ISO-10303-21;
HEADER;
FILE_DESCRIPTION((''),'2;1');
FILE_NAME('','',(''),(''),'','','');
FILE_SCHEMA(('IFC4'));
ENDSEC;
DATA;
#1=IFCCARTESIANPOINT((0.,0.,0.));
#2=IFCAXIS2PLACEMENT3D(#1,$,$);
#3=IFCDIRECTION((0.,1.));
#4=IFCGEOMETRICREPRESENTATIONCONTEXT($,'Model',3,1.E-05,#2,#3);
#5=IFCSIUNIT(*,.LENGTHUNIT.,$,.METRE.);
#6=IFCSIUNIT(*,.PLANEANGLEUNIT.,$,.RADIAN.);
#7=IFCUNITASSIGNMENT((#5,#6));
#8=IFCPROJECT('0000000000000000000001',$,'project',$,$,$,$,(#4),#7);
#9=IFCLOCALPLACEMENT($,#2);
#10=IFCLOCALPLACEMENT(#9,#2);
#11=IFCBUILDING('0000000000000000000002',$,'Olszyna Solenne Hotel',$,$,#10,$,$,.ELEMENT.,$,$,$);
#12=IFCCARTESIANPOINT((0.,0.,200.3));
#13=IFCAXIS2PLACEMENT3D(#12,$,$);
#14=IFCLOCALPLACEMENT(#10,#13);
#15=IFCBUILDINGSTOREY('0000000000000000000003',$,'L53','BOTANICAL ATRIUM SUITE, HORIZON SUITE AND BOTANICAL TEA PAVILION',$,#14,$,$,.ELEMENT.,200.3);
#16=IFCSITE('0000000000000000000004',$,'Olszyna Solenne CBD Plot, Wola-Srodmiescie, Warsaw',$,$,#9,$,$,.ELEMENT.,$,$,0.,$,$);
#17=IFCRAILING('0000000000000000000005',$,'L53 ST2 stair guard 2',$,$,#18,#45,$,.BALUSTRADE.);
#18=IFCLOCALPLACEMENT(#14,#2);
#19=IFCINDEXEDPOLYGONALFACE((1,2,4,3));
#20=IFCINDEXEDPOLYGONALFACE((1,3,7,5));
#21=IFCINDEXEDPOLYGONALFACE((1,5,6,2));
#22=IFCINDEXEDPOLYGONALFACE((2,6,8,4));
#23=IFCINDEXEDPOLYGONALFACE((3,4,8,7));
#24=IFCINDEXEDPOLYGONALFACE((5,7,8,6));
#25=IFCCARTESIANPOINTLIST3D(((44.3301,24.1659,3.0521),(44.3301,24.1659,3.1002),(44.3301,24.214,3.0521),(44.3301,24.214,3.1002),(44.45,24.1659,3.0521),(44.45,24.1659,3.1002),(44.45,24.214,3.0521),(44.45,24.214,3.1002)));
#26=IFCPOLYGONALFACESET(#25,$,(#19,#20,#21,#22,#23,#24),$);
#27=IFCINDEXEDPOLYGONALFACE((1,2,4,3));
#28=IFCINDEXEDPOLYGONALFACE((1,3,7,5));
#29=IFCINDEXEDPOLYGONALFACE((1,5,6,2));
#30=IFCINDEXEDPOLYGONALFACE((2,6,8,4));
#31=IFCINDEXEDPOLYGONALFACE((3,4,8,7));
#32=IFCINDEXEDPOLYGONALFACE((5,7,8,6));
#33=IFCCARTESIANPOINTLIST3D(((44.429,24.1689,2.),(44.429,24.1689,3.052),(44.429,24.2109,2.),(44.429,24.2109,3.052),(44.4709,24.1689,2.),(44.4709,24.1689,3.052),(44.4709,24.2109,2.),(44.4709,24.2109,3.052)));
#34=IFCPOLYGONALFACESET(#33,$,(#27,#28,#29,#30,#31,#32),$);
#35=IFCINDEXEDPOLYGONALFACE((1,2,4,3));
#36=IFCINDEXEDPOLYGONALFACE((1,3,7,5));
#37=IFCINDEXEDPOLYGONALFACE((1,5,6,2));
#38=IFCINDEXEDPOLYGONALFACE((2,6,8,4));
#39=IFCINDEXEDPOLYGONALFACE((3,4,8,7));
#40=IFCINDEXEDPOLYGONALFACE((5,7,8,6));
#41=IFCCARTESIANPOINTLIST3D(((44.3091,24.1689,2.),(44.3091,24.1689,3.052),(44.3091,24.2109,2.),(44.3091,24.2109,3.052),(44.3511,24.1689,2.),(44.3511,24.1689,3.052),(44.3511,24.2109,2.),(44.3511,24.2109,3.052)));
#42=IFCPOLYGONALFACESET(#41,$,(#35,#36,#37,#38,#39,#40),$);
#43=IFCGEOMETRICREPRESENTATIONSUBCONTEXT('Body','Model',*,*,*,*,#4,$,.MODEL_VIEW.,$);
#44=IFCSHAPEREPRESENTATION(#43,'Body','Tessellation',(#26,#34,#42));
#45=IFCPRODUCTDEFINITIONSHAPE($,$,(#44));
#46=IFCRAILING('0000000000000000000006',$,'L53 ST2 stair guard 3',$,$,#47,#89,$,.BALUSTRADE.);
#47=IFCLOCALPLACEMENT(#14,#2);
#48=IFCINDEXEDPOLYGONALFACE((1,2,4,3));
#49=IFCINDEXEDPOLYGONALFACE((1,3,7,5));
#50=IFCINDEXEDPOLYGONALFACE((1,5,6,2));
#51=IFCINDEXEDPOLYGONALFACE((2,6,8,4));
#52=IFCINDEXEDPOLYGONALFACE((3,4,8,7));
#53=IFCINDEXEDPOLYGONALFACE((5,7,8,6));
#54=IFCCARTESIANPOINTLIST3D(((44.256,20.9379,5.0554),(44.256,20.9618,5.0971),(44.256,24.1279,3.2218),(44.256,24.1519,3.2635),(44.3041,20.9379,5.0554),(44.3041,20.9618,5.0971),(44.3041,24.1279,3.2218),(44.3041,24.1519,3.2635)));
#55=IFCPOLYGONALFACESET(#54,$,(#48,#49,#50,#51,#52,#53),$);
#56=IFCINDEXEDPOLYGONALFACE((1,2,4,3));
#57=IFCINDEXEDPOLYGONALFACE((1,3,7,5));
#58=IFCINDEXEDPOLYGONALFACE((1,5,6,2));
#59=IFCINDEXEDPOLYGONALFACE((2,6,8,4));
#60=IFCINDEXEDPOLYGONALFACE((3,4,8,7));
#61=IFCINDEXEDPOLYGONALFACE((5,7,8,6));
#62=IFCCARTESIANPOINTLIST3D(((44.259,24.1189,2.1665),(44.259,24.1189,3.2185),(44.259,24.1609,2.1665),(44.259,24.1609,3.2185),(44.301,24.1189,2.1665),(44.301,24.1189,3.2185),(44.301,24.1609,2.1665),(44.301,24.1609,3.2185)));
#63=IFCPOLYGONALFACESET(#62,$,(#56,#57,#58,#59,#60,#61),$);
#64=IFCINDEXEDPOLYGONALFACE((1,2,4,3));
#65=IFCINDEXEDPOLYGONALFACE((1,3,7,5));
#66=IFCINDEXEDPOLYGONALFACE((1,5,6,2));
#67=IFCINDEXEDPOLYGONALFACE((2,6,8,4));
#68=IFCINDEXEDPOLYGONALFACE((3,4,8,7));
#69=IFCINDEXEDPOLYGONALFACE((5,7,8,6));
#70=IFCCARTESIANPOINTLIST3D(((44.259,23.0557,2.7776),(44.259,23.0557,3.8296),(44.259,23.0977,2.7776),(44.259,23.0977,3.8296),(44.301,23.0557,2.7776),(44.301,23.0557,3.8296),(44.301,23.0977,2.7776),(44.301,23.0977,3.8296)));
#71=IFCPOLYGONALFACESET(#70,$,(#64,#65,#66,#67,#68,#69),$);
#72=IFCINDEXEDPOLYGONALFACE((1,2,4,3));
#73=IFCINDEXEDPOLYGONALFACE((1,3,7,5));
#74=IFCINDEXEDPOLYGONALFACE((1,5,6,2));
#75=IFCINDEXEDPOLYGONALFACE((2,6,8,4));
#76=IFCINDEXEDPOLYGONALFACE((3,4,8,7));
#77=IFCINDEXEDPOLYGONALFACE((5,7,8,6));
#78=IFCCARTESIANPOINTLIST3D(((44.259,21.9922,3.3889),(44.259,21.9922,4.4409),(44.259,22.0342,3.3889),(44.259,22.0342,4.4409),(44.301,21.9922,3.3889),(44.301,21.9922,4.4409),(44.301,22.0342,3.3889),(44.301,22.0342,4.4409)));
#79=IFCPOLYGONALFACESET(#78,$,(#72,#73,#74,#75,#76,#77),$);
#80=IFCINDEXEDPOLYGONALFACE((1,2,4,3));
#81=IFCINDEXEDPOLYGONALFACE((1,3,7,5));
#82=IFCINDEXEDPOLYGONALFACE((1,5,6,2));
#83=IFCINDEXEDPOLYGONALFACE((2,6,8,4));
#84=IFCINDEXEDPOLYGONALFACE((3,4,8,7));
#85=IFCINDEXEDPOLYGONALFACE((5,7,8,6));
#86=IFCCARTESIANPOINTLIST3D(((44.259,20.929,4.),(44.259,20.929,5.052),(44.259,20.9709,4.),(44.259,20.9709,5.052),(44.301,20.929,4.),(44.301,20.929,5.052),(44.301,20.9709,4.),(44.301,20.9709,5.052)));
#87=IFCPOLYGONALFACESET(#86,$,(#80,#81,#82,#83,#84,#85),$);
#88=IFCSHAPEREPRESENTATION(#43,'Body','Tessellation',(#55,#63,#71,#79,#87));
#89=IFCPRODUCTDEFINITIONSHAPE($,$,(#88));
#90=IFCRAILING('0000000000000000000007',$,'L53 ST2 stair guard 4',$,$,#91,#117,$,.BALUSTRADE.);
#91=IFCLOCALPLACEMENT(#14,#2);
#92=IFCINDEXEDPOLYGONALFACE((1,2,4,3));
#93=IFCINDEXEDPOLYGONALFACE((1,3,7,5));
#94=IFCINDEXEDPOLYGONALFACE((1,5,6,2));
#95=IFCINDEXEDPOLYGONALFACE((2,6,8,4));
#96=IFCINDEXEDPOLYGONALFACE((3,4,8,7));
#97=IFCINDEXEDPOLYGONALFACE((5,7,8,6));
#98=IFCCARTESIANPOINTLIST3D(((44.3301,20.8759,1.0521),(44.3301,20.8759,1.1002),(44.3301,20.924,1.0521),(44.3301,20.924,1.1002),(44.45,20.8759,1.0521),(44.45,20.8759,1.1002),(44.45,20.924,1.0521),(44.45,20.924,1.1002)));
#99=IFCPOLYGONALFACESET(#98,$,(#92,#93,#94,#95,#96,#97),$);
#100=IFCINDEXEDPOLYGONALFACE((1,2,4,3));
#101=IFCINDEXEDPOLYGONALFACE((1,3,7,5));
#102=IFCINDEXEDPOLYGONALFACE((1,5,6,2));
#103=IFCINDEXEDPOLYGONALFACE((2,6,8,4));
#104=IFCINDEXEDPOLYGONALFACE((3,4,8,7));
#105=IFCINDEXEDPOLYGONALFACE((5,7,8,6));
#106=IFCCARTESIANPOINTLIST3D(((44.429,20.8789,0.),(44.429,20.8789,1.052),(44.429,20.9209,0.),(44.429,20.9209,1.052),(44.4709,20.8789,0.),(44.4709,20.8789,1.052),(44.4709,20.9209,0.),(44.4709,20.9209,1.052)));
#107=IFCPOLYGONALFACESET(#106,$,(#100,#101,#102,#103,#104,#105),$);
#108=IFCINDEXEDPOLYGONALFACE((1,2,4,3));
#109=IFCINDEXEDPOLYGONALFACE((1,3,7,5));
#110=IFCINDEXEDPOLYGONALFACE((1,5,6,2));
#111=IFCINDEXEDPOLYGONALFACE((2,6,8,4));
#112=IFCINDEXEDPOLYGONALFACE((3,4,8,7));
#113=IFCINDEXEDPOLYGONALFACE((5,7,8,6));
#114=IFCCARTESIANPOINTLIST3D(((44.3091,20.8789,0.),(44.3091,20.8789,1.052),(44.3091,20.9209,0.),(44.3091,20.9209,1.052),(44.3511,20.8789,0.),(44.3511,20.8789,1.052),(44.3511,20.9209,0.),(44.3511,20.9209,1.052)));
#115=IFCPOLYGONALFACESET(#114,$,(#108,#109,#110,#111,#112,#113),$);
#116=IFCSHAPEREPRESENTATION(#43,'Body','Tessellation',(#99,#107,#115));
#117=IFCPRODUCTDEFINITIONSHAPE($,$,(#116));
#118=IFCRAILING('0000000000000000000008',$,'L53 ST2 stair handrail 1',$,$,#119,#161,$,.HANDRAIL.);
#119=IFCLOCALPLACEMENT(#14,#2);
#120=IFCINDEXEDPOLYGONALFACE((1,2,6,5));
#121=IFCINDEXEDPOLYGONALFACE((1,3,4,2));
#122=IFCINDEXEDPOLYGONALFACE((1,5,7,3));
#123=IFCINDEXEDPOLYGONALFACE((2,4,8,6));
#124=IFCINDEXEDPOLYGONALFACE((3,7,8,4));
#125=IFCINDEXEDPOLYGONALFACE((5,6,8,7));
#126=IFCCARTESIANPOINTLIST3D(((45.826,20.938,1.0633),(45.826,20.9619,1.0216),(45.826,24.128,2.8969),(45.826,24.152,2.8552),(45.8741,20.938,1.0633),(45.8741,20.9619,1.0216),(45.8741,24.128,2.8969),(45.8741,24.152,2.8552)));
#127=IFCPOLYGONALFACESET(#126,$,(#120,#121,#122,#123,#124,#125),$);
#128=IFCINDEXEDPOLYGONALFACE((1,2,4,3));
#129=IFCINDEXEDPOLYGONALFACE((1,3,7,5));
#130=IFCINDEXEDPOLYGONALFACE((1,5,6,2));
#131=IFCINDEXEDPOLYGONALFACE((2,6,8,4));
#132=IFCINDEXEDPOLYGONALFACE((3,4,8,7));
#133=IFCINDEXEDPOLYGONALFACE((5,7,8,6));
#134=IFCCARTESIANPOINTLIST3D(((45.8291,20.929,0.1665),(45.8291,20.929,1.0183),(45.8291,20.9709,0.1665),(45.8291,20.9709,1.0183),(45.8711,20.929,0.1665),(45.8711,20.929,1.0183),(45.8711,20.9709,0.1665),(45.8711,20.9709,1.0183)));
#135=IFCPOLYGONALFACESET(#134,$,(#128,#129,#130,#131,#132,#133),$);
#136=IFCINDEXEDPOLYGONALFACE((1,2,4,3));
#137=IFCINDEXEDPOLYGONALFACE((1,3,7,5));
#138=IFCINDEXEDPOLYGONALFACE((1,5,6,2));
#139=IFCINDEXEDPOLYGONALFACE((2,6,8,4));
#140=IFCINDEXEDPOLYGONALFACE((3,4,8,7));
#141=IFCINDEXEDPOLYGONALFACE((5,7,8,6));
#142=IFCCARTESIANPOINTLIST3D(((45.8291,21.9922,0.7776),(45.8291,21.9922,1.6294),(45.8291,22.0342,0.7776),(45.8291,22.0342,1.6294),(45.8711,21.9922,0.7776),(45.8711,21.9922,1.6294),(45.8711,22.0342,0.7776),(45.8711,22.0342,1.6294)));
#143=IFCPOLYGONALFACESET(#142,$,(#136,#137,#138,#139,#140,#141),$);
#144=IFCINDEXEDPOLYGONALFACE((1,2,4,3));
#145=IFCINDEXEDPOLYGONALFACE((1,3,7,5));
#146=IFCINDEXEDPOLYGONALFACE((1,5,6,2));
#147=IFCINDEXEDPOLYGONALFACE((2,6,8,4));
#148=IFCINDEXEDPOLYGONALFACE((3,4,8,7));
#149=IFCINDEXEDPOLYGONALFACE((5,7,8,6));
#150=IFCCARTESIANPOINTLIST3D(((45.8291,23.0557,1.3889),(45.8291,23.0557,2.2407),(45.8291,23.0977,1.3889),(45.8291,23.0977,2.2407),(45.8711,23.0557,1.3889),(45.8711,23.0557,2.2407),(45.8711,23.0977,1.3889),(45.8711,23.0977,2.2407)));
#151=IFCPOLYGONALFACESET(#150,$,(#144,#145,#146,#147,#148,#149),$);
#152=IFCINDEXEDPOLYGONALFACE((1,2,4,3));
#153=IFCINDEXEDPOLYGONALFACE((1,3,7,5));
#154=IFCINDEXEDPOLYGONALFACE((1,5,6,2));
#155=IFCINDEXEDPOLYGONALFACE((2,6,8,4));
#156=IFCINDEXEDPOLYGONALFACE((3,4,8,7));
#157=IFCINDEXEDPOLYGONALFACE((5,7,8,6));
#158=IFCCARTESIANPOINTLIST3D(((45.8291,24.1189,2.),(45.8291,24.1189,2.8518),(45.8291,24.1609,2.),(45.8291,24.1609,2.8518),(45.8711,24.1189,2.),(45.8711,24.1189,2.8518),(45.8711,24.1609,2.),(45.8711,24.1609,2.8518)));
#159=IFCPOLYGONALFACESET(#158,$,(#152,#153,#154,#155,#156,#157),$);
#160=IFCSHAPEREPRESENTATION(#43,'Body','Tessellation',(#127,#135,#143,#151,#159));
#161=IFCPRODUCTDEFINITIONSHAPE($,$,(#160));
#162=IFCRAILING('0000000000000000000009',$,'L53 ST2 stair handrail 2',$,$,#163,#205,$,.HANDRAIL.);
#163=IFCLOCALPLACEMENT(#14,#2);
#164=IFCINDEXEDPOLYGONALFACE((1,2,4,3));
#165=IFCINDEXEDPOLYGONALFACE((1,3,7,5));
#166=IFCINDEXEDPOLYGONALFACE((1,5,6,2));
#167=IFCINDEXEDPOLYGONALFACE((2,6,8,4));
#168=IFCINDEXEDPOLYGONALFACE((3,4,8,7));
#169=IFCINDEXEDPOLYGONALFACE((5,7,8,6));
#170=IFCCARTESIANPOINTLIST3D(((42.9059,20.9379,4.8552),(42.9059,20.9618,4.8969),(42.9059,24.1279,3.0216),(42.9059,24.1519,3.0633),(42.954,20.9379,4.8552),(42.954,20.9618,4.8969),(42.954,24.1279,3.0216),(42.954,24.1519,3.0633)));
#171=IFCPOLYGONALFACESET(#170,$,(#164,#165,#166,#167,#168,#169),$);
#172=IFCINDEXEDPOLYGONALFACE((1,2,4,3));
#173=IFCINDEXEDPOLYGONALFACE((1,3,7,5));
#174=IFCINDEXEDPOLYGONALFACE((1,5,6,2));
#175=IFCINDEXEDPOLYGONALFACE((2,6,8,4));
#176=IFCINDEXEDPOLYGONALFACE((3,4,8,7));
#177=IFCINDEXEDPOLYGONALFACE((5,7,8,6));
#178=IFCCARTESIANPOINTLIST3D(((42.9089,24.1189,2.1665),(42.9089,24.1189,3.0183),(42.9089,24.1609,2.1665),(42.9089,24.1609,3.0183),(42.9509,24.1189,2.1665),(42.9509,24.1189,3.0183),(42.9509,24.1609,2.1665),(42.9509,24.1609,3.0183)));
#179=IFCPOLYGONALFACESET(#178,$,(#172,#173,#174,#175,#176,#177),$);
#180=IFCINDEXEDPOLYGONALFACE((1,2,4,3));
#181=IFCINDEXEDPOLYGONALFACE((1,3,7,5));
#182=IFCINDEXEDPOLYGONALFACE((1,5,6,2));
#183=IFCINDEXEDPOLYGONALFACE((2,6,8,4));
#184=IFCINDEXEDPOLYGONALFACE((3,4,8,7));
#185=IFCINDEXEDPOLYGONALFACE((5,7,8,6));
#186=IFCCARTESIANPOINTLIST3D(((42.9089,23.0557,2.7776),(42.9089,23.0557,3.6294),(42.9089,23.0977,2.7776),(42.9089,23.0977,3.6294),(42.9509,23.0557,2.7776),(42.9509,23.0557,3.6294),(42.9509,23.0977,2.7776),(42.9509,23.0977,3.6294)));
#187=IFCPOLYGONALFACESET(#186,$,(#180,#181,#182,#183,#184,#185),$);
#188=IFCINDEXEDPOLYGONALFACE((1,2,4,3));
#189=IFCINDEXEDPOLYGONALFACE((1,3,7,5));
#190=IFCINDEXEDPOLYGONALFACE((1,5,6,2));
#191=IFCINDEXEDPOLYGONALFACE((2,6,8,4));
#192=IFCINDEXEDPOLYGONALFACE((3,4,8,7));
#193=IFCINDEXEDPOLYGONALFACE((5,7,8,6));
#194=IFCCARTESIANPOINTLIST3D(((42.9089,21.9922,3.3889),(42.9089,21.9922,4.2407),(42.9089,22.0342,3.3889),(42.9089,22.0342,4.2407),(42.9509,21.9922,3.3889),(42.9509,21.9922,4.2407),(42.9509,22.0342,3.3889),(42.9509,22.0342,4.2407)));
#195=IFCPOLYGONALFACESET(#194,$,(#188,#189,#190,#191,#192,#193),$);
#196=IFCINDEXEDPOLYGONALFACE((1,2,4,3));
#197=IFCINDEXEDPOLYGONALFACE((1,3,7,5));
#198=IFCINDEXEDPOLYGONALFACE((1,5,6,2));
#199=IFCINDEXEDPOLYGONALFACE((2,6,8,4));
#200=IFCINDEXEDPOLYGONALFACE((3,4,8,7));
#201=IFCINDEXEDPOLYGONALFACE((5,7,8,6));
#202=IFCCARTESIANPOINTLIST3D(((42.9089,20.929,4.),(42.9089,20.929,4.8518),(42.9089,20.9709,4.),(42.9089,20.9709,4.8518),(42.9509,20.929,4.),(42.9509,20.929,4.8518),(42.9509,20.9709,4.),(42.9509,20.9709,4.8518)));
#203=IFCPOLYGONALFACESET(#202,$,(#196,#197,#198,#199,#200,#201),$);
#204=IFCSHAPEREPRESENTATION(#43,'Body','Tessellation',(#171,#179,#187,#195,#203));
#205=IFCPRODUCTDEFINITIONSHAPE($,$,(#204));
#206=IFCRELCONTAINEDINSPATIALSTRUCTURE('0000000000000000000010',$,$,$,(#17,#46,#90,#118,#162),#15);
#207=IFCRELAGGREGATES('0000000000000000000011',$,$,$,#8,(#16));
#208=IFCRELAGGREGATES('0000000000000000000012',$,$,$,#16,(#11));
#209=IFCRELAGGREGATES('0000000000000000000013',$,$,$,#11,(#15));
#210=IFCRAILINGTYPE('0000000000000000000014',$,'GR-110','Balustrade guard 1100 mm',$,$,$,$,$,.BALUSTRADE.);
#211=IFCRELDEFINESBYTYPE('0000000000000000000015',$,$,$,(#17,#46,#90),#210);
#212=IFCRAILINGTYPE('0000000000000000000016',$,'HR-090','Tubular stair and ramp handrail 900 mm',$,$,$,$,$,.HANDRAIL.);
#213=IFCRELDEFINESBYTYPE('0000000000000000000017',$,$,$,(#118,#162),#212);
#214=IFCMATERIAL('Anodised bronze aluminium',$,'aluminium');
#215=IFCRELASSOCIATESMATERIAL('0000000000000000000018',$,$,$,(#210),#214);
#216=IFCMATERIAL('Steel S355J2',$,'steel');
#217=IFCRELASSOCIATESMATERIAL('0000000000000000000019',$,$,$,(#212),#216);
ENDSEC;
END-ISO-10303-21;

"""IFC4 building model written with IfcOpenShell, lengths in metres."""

from ifc_helpers import new_model, si_unit, direction, frame, origin, origin_2d, place, context, subcontext, project, spatial, rectangle, extrude, material, type_object, element, save


model = new_model("IFC4")

# Units and contexts
model_context = context("Model", 3, precision=1e-05, world=origin(), true_north=direction((0.0, 1.0)))
body_context = subcontext(model_context, "Body", "Model", "MODEL_VIEW")
ifc_project = project(units=[si_unit("LENGTHUNIT", "METRE"), si_unit("PLANEANGLEUNIT", "RADIAN")], contexts=[model_context])

# Site, building, storey
site_placement = place(None, origin())
site = spatial("IfcSite", under=ifc_project, at=site_placement, Name="Olszyna Solenne CBD Plot, Wola-Srodmiescie, Warsaw", CompositionType="ELEMENT", RefElevation=0.0)
building_placement = place(site_placement, origin())
building = spatial("IfcBuilding", under=site, at=building_placement, Name="Olszyna Solenne Hotel", CompositionType="ELEMENT")
storey_placement = place(building_placement, frame((0.0, 0.0, 200.3)))
storey = spatial("IfcBuildingStorey", under=building, at=storey_placement, Name="L53", Description="BOTANICAL ATRIUM SUITE, HORIZON SUITE AND BOTANICAL TEA PAVILION", CompositionType="ELEMENT", Elevation=200.3)

# Shared definitions
ifc_material_1 = material(Name="Steel S355J2", Category="steel")

# Shared definitions
ifc_material_2 = material(Name="Anodised bronze aluminium", Category="aluminium")

# Railings
railing_type_1 = type_object("IfcRailingType", Name="GR-110", Description="Balustrade guard 1100 mm", PredefinedType="BALUSTRADE", material=ifc_material_2)
railing_1_placement = place(storey_placement, frame((44.45, 24.1899, 2.0)))
element("IfcRailing", 1, at=railing_1_placement, inside=storey, type_object=railing_type_1, Name="L53 ST2 stair guard 2", PredefinedType="BALUSTRADE", context=body_context, shape_type="SweptSolid", body=[
    extrude(rectangle(XDim=0.0481, YDim=0.0481, at=origin_2d()), frame((0.0, 0.0, 1.0762), z_axis=(-1.0, 0.0, 0.0), x_axis=(0.0, -1.0, 0.0)), (0.0, 0.0, 1.0), 0.1199),
    extrude(rectangle(XDim=0.042, YDim=0.042, at=origin_2d()), origin(), (0.0, 0.0, 1.0), 1.052),
    extrude(rectangle(XDim=0.042, YDim=0.042, at=origin_2d()), frame((-0.1199, 0.0, 0.0)), (0.0, 0.0, 1.0), 1.052),
])
railing_2_placement = place(storey_placement, frame((44.28, 24.1399, 2.1665)))
element("IfcRailing", 2, at=railing_2_placement, inside=storey, type_object=railing_type_1, Name="L53 ST2 stair guard 3", PredefinedType="BALUSTRADE", context=body_context, shape_type="SweptSolid", body=[
    extrude(rectangle(XDim=0.0481, YDim=0.0481, at=origin_2d()), frame((0.0, 0.0, 1.0762), z_axis=(0.0, -0.866991, 0.498324), x_axis=(1.0, 0.0, 0.0)), (0.0, 0.0, 1.0), 3.6794),
    extrude(rectangle(XDim=0.042, YDim=0.042, at=origin_2d()), origin(), (0.0, 0.0, 1.0), 1.052),
    extrude(rectangle(XDim=0.042, YDim=0.042, at=origin_2d()), frame((0.0, -1.0632, 0.6111)), (0.0, 0.0, 1.0), 1.052),
    extrude(rectangle(XDim=0.042, YDim=0.042, at=origin_2d()), frame((0.0, -2.1267, 1.2224)), (0.0, 0.0, 1.0), 1.052),
    extrude(rectangle(XDim=0.042, YDim=0.042, at=origin_2d()), frame((0.0, -3.1899, 1.8335)), (0.0, 0.0, 1.0), 1.052),
])
railing_3_placement = place(storey_placement, frame((44.45, 20.8999, 0.0)))
element("IfcRailing", 3, at=railing_3_placement, inside=storey, type_object=railing_type_1, Name="L53 ST2 stair guard 4", PredefinedType="BALUSTRADE", context=body_context, shape_type="SweptSolid", body=[
    extrude(rectangle(XDim=0.0481, YDim=0.0481, at=origin_2d()), frame((0.0, 0.0, 1.0762), z_axis=(-1.0, 0.0, 0.0), x_axis=(0.0, -1.0, 0.0)), (0.0, 0.0, 1.0), 0.1199),
    extrude(rectangle(XDim=0.042, YDim=0.042, at=origin_2d()), origin(), (0.0, 0.0, 1.0), 1.052),
    extrude(rectangle(XDim=0.042, YDim=0.042, at=origin_2d()), frame((-0.1199, 0.0, 0.0)), (0.0, 0.0, 1.0), 1.052),
])
railing_type_2 = type_object("IfcRailingType", Name="HR-090", Description="Tubular stair and ramp handrail 900 mm", PredefinedType="HANDRAIL", material=ifc_material_1)
railing_4_placement = place(storey_placement, frame((45.8501, 20.95, 0.1665)))
element("IfcRailing", 4, at=railing_4_placement, inside=storey, type_object=railing_type_2, Name="L53 ST2 stair handrail 1", PredefinedType="HANDRAIL", context=body_context, shape_type="SweptSolid", body=[
    extrude(rectangle(XDim=0.0481, YDim=0.0481, at=origin_2d()), frame((0.0, 0.0, 0.876), z_axis=(0.0, 0.866991, 0.498324), x_axis=(-1.0, 0.0, 0.0)), (0.0, 0.0, 1.0), 3.6794),
    extrude(rectangle(XDim=0.042, YDim=0.042, at=origin_2d()), origin(), (0.0, 0.0, 1.0), 0.8518),
    extrude(rectangle(XDim=0.042, YDim=0.042, at=origin_2d()), frame((0.0, 1.0632, 0.6111)), (0.0, 0.0, 1.0), 0.8518),
    extrude(rectangle(XDim=0.042, YDim=0.042, at=origin_2d()), frame((0.0, 2.1267, 1.2224)), (0.0, 0.0, 1.0), 0.8518),
    extrude(rectangle(XDim=0.042, YDim=0.042, at=origin_2d()), frame((0.0, 3.1899, 1.8335)), (0.0, 0.0, 1.0), 0.8518),
])
railing_5_placement = place(storey_placement, frame((42.9299, 24.1399, 2.1665)))
element("IfcRailing", 5, at=railing_5_placement, inside=storey, type_object=railing_type_2, Name="L53 ST2 stair handrail 2", PredefinedType="HANDRAIL", context=body_context, shape_type="SweptSolid", body=[
    extrude(rectangle(XDim=0.0481, YDim=0.0481, at=origin_2d()), frame((0.0, 0.0, 0.876), z_axis=(0.0, -0.866991, 0.498324), x_axis=(1.0, 0.0, 0.0)), (0.0, 0.0, 1.0), 3.6794),
    extrude(rectangle(XDim=0.042, YDim=0.042, at=origin_2d()), origin(), (0.0, 0.0, 1.0), 0.8518),
    extrude(rectangle(XDim=0.042, YDim=0.042, at=origin_2d()), frame((0.0, -1.0632, 0.6111)), (0.0, 0.0, 1.0), 0.8518),
    extrude(rectangle(XDim=0.042, YDim=0.042, at=origin_2d()), frame((0.0, -2.1267, 1.2224)), (0.0, 0.0, 1.0), 0.8518),
    extrude(rectangle(XDim=0.042, YDim=0.042, at=origin_2d()), frame((0.0, -3.1899, 1.8335)), (0.0, 0.0, 1.0), 0.8518),
])

save(model, "model.ifc")
